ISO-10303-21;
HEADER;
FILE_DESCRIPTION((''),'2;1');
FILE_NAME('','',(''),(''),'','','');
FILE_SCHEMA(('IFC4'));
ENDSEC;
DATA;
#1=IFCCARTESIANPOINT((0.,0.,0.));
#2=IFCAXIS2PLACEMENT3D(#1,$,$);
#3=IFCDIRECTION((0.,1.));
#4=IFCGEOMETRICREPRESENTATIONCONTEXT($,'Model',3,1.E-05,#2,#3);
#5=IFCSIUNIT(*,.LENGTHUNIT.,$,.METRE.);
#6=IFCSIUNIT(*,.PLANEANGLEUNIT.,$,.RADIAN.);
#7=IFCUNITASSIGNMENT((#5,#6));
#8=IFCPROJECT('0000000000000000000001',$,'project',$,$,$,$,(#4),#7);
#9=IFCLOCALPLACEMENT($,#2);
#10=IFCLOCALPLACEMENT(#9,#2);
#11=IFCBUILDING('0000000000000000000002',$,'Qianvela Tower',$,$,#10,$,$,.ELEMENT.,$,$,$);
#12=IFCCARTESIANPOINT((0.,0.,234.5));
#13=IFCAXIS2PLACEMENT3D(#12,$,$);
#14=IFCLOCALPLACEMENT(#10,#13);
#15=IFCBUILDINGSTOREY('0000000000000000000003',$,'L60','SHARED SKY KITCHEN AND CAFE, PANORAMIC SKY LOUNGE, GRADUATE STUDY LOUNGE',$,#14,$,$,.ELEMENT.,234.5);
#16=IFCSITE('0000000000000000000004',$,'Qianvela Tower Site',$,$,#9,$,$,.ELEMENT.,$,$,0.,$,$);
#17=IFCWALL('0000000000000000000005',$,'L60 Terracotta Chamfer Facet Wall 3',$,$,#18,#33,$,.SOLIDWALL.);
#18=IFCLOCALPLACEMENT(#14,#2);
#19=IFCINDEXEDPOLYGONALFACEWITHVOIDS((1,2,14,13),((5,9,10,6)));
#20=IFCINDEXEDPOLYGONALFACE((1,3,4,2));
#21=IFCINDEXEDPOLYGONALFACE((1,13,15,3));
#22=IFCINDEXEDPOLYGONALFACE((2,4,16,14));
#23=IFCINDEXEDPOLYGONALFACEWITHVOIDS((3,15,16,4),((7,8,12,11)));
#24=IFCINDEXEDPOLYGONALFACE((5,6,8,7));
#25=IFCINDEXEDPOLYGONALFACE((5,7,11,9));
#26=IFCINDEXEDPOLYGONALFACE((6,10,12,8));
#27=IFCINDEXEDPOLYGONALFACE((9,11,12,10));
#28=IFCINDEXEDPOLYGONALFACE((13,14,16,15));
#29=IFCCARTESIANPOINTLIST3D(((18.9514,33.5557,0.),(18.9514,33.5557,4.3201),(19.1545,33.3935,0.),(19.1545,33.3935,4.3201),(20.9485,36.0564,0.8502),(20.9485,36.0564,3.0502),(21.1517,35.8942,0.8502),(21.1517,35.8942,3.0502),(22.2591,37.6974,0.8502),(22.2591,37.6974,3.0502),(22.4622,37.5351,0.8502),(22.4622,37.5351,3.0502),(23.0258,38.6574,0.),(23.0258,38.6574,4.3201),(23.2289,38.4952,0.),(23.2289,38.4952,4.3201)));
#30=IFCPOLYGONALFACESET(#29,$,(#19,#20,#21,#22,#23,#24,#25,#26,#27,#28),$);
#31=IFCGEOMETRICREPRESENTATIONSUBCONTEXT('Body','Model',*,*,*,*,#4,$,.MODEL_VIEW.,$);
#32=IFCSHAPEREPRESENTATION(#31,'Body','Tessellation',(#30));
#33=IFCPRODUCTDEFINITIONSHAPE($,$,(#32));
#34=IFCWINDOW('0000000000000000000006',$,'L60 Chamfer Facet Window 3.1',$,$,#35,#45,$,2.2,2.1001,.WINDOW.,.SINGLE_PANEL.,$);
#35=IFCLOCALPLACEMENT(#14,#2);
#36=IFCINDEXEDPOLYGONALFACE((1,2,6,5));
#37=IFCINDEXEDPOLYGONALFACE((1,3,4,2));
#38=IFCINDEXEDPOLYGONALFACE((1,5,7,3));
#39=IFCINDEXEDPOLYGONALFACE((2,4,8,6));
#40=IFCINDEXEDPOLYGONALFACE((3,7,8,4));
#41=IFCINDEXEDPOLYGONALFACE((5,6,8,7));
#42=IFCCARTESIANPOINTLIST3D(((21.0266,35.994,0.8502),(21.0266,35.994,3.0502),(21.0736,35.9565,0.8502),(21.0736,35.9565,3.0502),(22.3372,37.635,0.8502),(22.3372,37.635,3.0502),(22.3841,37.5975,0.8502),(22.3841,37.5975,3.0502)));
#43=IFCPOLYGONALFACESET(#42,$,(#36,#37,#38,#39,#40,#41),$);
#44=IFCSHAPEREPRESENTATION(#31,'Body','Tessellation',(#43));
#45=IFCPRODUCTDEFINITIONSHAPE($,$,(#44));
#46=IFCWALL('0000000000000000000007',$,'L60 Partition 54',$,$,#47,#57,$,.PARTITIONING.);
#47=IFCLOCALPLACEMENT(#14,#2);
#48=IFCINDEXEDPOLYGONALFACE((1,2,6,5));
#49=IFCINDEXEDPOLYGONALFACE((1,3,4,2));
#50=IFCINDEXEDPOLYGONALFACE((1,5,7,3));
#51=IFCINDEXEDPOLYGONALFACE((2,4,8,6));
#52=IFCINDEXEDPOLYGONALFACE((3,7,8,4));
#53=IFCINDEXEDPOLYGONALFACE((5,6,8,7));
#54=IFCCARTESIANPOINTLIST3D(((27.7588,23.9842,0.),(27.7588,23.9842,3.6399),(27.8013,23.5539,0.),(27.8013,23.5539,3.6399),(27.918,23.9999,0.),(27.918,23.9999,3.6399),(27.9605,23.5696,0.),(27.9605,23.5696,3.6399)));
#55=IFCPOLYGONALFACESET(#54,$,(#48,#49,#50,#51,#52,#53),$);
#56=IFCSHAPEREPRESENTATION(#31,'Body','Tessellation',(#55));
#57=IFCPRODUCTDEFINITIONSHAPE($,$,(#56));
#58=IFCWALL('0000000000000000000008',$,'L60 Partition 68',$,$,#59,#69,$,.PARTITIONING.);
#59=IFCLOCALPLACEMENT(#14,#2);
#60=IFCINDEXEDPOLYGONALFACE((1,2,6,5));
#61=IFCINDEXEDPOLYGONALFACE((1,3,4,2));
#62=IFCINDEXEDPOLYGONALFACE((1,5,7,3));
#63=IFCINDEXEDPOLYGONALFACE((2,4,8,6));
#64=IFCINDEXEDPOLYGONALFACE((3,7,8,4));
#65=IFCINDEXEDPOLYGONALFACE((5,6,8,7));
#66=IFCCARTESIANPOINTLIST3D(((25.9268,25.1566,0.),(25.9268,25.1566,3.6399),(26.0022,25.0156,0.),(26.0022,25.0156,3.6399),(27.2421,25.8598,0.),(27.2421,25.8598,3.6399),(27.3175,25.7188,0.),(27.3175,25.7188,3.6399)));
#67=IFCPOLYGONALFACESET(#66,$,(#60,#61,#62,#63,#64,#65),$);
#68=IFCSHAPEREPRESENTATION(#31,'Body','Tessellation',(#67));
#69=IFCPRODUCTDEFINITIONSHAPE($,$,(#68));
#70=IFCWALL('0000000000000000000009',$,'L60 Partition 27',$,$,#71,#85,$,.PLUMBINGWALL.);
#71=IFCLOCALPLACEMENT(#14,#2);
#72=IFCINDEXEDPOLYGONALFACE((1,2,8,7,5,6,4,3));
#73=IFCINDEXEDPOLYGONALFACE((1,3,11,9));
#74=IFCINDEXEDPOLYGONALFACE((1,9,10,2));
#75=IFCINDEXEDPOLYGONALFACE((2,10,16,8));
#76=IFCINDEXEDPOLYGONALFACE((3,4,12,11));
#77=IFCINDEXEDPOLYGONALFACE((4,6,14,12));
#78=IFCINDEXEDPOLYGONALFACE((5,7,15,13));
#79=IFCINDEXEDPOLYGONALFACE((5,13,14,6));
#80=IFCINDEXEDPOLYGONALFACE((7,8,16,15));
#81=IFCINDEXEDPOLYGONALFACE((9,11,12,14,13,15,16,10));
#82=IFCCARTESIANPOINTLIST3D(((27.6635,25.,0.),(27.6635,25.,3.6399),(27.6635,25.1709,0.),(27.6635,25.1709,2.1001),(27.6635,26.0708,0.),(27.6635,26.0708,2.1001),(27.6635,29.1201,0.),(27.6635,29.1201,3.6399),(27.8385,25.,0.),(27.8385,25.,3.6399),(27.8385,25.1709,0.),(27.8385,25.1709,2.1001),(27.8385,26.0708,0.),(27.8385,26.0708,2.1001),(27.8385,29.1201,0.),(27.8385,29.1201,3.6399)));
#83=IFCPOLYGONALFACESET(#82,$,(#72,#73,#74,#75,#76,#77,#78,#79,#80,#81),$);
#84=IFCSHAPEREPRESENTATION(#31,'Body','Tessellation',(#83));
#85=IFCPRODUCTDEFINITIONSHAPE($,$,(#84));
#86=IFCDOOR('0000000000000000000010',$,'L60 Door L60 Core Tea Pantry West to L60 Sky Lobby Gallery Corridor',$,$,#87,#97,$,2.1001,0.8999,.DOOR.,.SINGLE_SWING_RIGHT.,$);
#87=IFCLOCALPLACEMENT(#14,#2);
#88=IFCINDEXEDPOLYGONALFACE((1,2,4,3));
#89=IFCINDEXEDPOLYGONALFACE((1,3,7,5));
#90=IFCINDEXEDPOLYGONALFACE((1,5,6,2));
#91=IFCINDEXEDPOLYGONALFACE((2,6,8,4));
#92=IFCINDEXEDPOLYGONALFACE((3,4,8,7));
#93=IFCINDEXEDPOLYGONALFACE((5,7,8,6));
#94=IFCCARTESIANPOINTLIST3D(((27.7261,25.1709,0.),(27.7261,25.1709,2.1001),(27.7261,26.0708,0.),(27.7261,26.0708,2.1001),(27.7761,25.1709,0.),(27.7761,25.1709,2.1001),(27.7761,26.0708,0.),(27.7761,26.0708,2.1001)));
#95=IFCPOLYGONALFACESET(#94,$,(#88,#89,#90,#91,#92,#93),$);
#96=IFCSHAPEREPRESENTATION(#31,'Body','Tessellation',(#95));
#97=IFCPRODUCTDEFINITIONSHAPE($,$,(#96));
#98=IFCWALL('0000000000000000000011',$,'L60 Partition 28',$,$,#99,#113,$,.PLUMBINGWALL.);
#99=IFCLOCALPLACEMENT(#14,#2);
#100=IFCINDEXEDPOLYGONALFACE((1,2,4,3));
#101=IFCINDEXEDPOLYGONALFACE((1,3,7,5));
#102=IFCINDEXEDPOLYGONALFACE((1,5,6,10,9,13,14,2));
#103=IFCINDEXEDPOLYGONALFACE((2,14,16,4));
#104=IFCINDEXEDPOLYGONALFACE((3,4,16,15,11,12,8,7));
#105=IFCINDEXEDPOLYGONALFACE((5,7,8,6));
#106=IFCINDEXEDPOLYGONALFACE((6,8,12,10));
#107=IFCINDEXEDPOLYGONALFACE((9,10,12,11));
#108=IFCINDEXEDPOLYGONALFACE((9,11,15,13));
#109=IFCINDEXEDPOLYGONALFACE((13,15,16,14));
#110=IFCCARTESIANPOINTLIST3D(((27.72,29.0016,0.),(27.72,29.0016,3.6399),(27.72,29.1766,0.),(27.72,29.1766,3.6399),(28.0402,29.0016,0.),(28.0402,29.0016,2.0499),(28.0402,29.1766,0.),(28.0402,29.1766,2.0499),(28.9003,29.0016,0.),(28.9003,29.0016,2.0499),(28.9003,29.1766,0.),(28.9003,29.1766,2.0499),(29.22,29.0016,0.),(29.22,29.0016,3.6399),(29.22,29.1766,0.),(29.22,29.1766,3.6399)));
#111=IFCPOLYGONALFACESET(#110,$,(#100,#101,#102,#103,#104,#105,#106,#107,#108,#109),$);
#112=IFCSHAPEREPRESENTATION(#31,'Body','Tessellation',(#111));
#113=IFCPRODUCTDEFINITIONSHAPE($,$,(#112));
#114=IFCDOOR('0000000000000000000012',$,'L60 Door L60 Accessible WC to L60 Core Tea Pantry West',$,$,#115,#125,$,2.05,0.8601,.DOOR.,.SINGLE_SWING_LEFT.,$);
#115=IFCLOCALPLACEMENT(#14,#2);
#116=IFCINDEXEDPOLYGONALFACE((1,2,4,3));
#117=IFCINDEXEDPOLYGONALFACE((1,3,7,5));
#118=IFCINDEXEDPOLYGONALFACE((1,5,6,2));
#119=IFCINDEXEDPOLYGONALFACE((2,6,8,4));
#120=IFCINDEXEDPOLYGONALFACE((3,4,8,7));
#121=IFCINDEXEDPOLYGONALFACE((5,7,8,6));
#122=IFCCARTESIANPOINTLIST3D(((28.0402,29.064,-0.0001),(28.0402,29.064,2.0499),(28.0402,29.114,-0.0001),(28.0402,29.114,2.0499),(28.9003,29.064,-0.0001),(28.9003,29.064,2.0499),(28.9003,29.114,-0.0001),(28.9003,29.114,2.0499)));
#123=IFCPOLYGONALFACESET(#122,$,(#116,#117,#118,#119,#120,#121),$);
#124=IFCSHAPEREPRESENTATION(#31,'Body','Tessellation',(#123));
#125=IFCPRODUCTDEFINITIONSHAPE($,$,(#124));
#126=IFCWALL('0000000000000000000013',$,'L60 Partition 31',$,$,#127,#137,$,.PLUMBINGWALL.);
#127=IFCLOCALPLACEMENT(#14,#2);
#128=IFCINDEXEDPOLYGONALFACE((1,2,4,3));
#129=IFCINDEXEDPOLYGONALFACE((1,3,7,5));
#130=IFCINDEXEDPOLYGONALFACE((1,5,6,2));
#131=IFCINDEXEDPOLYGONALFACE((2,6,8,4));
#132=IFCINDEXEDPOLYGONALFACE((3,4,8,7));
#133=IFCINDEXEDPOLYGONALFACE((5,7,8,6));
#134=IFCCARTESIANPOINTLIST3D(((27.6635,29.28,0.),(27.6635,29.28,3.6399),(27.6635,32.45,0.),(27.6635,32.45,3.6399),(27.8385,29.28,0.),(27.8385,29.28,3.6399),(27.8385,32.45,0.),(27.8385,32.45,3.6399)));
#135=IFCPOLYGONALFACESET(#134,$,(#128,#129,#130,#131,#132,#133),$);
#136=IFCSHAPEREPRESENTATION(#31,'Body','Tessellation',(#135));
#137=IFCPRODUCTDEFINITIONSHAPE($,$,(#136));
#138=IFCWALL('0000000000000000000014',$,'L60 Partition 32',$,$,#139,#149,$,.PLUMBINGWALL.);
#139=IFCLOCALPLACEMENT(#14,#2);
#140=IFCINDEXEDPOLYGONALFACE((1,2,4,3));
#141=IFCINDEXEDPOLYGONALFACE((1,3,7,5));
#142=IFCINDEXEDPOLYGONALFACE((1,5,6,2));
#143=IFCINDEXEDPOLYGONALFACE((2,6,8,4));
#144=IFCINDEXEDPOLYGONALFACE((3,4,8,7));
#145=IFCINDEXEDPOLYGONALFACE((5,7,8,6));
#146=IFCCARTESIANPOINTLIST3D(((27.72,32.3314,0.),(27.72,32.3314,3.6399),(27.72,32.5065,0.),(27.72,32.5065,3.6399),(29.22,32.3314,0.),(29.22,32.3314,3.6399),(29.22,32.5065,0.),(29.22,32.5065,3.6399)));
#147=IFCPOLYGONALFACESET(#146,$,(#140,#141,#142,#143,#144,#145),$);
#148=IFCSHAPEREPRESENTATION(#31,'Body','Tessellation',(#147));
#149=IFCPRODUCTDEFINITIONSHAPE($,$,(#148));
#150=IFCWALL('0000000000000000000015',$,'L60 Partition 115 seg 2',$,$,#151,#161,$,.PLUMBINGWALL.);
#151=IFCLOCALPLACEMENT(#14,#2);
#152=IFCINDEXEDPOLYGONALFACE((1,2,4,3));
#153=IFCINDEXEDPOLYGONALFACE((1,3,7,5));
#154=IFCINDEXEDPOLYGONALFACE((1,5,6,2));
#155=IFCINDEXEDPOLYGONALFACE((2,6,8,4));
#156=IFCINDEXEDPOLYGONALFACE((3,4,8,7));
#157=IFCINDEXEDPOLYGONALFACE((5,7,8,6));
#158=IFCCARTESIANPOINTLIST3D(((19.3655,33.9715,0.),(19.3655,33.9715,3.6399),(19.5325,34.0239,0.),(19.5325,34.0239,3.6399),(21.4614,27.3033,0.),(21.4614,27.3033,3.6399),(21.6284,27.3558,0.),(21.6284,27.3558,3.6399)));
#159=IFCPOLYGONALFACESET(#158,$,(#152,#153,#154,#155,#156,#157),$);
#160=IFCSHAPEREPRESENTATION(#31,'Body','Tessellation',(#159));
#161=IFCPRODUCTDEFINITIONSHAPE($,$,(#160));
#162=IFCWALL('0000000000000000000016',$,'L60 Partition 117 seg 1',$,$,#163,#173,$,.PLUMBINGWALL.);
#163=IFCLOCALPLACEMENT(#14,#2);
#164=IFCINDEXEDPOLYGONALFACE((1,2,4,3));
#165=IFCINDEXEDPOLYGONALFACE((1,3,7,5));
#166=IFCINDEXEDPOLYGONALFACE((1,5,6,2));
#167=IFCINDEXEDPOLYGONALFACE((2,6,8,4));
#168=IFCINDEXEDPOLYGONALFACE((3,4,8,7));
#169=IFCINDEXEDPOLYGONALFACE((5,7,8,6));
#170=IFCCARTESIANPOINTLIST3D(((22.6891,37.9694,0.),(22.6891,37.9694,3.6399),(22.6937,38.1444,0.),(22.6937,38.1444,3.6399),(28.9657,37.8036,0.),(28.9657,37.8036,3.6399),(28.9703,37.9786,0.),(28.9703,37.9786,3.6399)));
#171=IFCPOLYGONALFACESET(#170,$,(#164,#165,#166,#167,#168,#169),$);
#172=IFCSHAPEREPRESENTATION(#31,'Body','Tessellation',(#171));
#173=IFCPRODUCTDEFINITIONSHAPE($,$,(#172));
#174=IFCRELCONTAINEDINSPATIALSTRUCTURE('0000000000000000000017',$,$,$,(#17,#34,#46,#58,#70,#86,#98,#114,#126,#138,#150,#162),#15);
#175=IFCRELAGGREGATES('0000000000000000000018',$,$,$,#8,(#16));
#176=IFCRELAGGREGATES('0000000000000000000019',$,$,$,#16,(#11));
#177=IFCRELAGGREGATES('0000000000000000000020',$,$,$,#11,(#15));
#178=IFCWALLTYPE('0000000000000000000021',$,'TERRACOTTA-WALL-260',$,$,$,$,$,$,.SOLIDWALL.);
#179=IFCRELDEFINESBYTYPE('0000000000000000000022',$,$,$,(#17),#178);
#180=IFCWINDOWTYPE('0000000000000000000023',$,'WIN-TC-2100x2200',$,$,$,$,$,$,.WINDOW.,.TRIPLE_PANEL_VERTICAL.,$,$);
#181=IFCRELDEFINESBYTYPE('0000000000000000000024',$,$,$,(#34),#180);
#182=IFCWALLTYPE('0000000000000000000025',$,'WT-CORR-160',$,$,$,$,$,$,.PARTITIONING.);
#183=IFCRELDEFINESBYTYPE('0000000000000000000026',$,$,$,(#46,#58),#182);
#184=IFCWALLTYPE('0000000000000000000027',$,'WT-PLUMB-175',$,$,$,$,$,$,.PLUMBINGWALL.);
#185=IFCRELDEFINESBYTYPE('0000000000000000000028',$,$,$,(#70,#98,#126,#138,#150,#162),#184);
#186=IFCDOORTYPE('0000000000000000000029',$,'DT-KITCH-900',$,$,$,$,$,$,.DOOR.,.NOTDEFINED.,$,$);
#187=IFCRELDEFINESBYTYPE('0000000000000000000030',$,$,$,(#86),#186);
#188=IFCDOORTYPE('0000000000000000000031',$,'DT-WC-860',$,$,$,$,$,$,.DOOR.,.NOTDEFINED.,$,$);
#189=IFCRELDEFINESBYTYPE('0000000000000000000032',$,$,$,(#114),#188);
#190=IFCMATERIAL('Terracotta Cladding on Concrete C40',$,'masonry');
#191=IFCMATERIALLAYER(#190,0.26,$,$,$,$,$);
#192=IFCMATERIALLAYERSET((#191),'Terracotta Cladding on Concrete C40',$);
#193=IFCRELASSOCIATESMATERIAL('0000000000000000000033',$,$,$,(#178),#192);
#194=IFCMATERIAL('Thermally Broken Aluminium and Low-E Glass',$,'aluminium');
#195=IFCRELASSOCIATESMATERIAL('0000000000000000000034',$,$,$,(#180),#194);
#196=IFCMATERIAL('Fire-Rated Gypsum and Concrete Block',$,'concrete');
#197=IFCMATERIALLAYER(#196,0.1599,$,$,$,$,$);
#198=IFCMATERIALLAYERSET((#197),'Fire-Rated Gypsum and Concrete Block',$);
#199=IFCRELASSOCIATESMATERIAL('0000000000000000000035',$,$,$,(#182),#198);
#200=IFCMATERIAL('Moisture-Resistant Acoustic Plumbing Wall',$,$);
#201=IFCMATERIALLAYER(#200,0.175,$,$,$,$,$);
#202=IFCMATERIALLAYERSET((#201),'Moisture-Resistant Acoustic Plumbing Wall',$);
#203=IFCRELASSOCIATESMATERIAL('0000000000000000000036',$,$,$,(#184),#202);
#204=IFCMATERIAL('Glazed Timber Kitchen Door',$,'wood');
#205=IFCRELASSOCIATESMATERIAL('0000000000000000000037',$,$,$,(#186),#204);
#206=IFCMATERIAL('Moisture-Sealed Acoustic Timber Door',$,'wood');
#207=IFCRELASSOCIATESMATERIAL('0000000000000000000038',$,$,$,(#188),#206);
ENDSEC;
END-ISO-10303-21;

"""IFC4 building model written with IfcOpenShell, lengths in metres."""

from ifc_helpers import new_model, si_unit, direction, frame, frame_2d, origin, place, context, subcontext, project, spatial, rectangle, extrude, material, layer, layer_set, type_object, element, fill, save


model = new_model("IFC4")

# Units and contexts
model_context = context("Model", 3, precision=1e-05, world=origin(), true_north=direction((0.0, 1.0)))
body_context = subcontext(model_context, "Body", "Model", "MODEL_VIEW")
ifc_project = project(units=[si_unit("LENGTHUNIT", "METRE"), si_unit("PLANEANGLEUNIT", "RADIAN")], contexts=[model_context])

# Site, building, storey
site_placement = place(None, origin())
site = spatial("IfcSite", under=ifc_project, at=site_placement, Name="Qianvela Tower Site", CompositionType="ELEMENT", RefElevation=0.0)
building_placement = place(site_placement, origin())
building = spatial("IfcBuilding", under=site, at=building_placement, Name="Qianvela Tower", CompositionType="ELEMENT")
storey_placement = place(building_placement, frame((0.0, 0.0, 234.5)))
storey = spatial("IfcBuildingStorey", under=building, at=storey_placement, Name="L60", Description="SHARED SKY KITCHEN AND CAFE, PANORAMIC SKY LOUNGE, GRADUATE STUDY LOUNGE", CompositionType="ELEMENT", Elevation=234.5)

# Wall, opening, window
ifc_material_1 = material(Name="Terracotta Cladding on Concrete C40", Category="masonry")
ifc_layer_1 = layer(ifc_material_1, 0.26)
ifc_layer_set_1 = layer_set([ifc_layer_1], Name="Terracotta Cladding on Concrete C40")
wall_type_1 = type_object("IfcWallType", Name="TERRACOTTA-WALL-260", PredefinedType="SOLIDWALL", material=ifc_layer_set_1)
wall_1_placement = place(storey_placement, frame((23.1274, 38.5764, 0.0), z_axis=(0.0, 0.0, 1.0), x_axis=(-0.624043, -0.78139, 0.0)))
wall_1 = element("IfcWall", 1, at=wall_1_placement, inside=storey, type_object=wall_type_1, Name="L60 Terracotta Chamfer Facet Wall 3", PredefinedType="SOLIDWALL", context=body_context, shape_type="SweptSolid", body=[
    extrude(rectangle(XDim=6.5291, YDim=0.26, at=frame_2d((3.2646, 0.0))), origin(), (0.0, 0.0, 1.0), 4.3201),
])
opening_1_placement = place(wall_1_placement, frame((1.2288, 0.0, 0.8501)))
opening_1 = element("IfcOpeningElement", 2, at=opening_1_placement, cuts=wall_1, PredefinedType="OPENING", context=body_context, shape_type="SweptSolid", body=[
    extrude(rectangle(XDim=2.1001, YDim=2.2, at=frame_2d((1.05, 1.1001))), frame((0.0, 0.1399, 0.0), z_axis=(0.0, -1.0, 0.0), x_axis=(1.0, 0.0, 0.0)), (0.0, 0.0, 1.0), 0.28),
])
ifc_material_2 = material(Name="Thermally Broken Aluminium and Low-E Glass", Category="aluminium")
window_type = type_object("IfcWindowType", Name="WIN-TC-2100x2200", PartitioningType="TRIPLE_PANEL_VERTICAL", PredefinedType="WINDOW", material=ifc_material_2)
window_placement = place(opening_1_placement, origin())
window = element("IfcWindow", 3, at=window_placement, inside=storey, type_object=window_type, Name="L60 Chamfer Facet Window 3.1", OverallHeight=2.2, OverallWidth=2.1001, PartitioningType="SINGLE_PANEL", PredefinedType="WINDOW", context=body_context, shape_type="SweptSolid", body=[
    extrude(rectangle(XDim=2.1001, YDim=2.2, at=frame_2d((1.05, 1.1001))), frame((0.0, 0.03, 0.0), z_axis=(0.0, -1.0, 0.0), x_axis=(1.0, 0.0, 0.0)), (0.0, 0.0, 1.0), 0.0601),
])
fill(opening_1, window)

# Walls
ifc_material_3 = material(Name="Fire-Rated Gypsum and Concrete Block", Category="concrete")
ifc_layer_2 = layer(ifc_material_3, 0.1599)
ifc_layer_set_2 = layer_set([ifc_layer_2], Name="Fire-Rated Gypsum and Concrete Block")
wall_type_2 = type_object("IfcWallType", Name="WT-CORR-160", PredefinedType="PARTITIONING", material=ifc_layer_set_2)
wall_2_placement = place(storey_placement, frame((27.8384, 23.9922, 0.0), z_axis=(0.0, 0.0, 1.0), x_axis=(0.098273, -0.995159, 0.0)))
element("IfcWall", 4, at=wall_2_placement, inside=storey, type_object=wall_type_2, Name="L60 Partition 54", PredefinedType="PARTITIONING", context=body_context, shape_type="SweptSolid", body=[
    extrude(rectangle(XDim=0.4324, YDim=0.1599, at=frame_2d((0.2163, 0.0))), origin(), (0.0, 0.0, 1.0), 3.6399),
])
wall_3_placement = place(storey_placement, frame((25.9646, 25.0862, 0.0), z_axis=(0.0, 0.0, 1.0), x_axis=(0.881881, 0.471472, 0.0)))
element("IfcWall", 5, at=wall_3_placement, inside=storey, type_object=wall_type_2, Name="L60 Partition 68", PredefinedType="PARTITIONING", context=body_context, shape_type="SweptSolid", body=[
    extrude(rectangle(XDim=1.4915, YDim=0.1599, at=frame_2d((0.7456, 0.0))), origin(), (0.0, 0.0, 1.0), 3.6399),
])

# Walls, openings, doors
ifc_material_4 = material(Name="Moisture-Resistant Acoustic Plumbing Wall")
ifc_layer_3 = layer(ifc_material_4, 0.175)
ifc_layer_set_3 = layer_set([ifc_layer_3], Name="Moisture-Resistant Acoustic Plumbing Wall")
wall_type_3 = type_object("IfcWallType", Name="WT-PLUMB-175", PredefinedType="PLUMBINGWALL", material=ifc_layer_set_3)
wall_4_placement = place(storey_placement, frame((27.751, 25.0, 0.0), z_axis=(0.0, 0.0, 1.0), x_axis=(0.0, 1.0, 0.0)))
wall_4 = element("IfcWall", 6, at=wall_4_placement, inside=storey, type_object=wall_type_3, Name="L60 Partition 27", PredefinedType="PLUMBINGWALL", context=body_context, shape_type="SweptSolid", body=[
    extrude(rectangle(XDim=4.1201, YDim=0.175, at=frame_2d((2.0601, 0.0))), origin(), (0.0, 0.0, 1.0), 3.6399),
])
opening_2_placement = place(wall_4_placement, frame((0.1709, 0.0, 0.0)))
opening_2 = element("IfcOpeningElement", 7, at=opening_2_placement, cuts=wall_4, PredefinedType="OPENING", context=body_context, shape_type="SweptSolid", body=[
    extrude(rectangle(XDim=0.8999, YDim=2.1001, at=frame_2d((0.45, 1.05))), frame((0.0, 0.0974, 0.0), z_axis=(0.0, -1.0, 0.0), x_axis=(1.0, 0.0, 0.0)), (0.0, 0.0, 1.0), 0.1951),
])
ifc_material_5 = material(Name="Glazed Timber Kitchen Door", Category="wood")
door_type_1 = type_object("IfcDoorType", Name="DT-KITCH-900", OperationType="NOTDEFINED", PredefinedType="DOOR", material=ifc_material_5)
door_1_placement = place(opening_2_placement, origin())
door_1 = element("IfcDoor", 8, at=door_1_placement, inside=storey, type_object=door_type_1, Name="L60 Door L60 Core Tea Pantry West to L60 Sky Lobby Gallery Corridor", OperationType="SINGLE_SWING_RIGHT", OverallHeight=2.1001, OverallWidth=0.8999, PredefinedType="DOOR", context=body_context, shape_type="SweptSolid", body=[
    extrude(rectangle(XDim=0.8999, YDim=2.1001, at=frame_2d((0.45, 1.05))), frame((0.0, 0.0249, 0.0), z_axis=(0.0, -1.0, 0.0), x_axis=(1.0, 0.0, 0.0)), (0.0, 0.0, 1.0), 0.05),
])
fill(opening_2, door_1)
wall_5_placement = place(storey_placement, frame((27.72, 29.0891, 0.0), z_axis=(0.0, 0.0, 1.0), x_axis=(1.0, 0.0, 0.0)))
wall_5 = element("IfcWall", 9, at=wall_5_placement, inside=storey, type_object=wall_type_3, Name="L60 Partition 28", PredefinedType="PLUMBINGWALL", context=body_context, shape_type="SweptSolid", body=[
    extrude(rectangle(XDim=1.5, YDim=0.175, at=frame_2d((0.75, 0.0))), origin(), (0.0, 0.0, 1.0), 3.6399),
])
opening_3_placement = place(wall_5_placement, frame((0.3201, 0.0, 0.0)))
opening_3 = element("IfcOpeningElement", 10, at=opening_3_placement, cuts=wall_5, PredefinedType="OPENING", context=body_context, shape_type="SweptSolid", body=[
    extrude(rectangle(XDim=0.8601, YDim=2.05, at=frame_2d((0.4302, 1.0249))), frame((0.0, 0.0974, 0.0), z_axis=(0.0, -1.0, 0.0), x_axis=(1.0, 0.0, 0.0)), (0.0, 0.0, 1.0), 0.1951),
])
ifc_material_6 = material(Name="Moisture-Sealed Acoustic Timber Door", Category="wood")
door_type_2 = type_object("IfcDoorType", Name="DT-WC-860", OperationType="NOTDEFINED", PredefinedType="DOOR", material=ifc_material_6)
door_2_placement = place(opening_3_placement, origin())
door_2 = element("IfcDoor", 11, at=door_2_placement, inside=storey, type_object=door_type_2, Name="L60 Door L60 Accessible WC to L60 Core Tea Pantry West", OperationType="SINGLE_SWING_LEFT", OverallHeight=2.05, OverallWidth=0.8601, PredefinedType="DOOR", context=body_context, shape_type="SweptSolid", body=[
    extrude(rectangle(XDim=0.8601, YDim=2.05, at=frame_2d((0.4302, 1.0249))), frame((0.0, 0.0249, 0.0), z_axis=(0.0, -1.0, 0.0), x_axis=(1.0, 0.0, 0.0)), (0.0, 0.0, 1.0), 0.05),
])
fill(opening_3, door_2)

# Walls
wall_6_placement = place(storey_placement, frame((27.751, 29.28, 0.0), z_axis=(0.0, 0.0, 1.0), x_axis=(0.0, 1.0, 0.0)))
element("IfcWall", 12, at=wall_6_placement, inside=storey, type_object=wall_type_3, Name="L60 Partition 31", PredefinedType="PLUMBINGWALL", context=body_context, shape_type="SweptSolid", body=[
    extrude(rectangle(XDim=3.1699, YDim=0.175, at=frame_2d((1.585, 0.0))), origin(), (0.0, 0.0, 1.0), 3.6399),
])
wall_7_placement = place(storey_placement, frame((27.72, 32.4189, 0.0), z_axis=(0.0, 0.0, 1.0), x_axis=(1.0, 0.0, 0.0)))
element("IfcWall", 13, at=wall_7_placement, inside=storey, type_object=wall_type_3, Name="L60 Partition 32", PredefinedType="PLUMBINGWALL", context=body_context, shape_type="SweptSolid", body=[
    extrude(rectangle(XDim=1.5, YDim=0.175, at=frame_2d((0.75, 0.0))), origin(), (0.0, 0.0, 1.0), 3.6399),
])
wall_8_placement = place(storey_placement, frame((21.5449, 27.3296, 0.0), z_axis=(0.0, 0.0, 1.0), x_axis=(-0.299856, 0.953985, 0.0)))
element("IfcWall", 14, at=wall_8_placement, inside=storey, type_object=wall_type_3, Name="L60 Partition 115 seg 2", PredefinedType="PLUMBINGWALL", context=body_context, shape_type="SweptSolid", body=[
    extrude(rectangle(XDim=6.9897, YDim=0.175, at=frame_2d((3.4949, 0.0))), origin(), (0.0, 0.0, 1.0), 3.6399),
])
wall_9_placement = place(storey_placement, frame((22.6914, 38.0569, 0.0), z_axis=(0.0, 0.0, 1.0), x_axis=(0.999651, -0.026402, 0.0)))
element("IfcWall", 15, at=wall_9_placement, inside=storey, type_object=wall_type_3, Name="L60 Partition 117 seg 1", PredefinedType="PLUMBINGWALL", context=body_context, shape_type="SweptSolid", body=[
    extrude(rectangle(XDim=6.2788, YDim=0.175, at=frame_2d((3.1394, 0.0))), origin(), (0.0, 0.0, 1.0), 3.6399),
])

save(model, "model.ifc")
